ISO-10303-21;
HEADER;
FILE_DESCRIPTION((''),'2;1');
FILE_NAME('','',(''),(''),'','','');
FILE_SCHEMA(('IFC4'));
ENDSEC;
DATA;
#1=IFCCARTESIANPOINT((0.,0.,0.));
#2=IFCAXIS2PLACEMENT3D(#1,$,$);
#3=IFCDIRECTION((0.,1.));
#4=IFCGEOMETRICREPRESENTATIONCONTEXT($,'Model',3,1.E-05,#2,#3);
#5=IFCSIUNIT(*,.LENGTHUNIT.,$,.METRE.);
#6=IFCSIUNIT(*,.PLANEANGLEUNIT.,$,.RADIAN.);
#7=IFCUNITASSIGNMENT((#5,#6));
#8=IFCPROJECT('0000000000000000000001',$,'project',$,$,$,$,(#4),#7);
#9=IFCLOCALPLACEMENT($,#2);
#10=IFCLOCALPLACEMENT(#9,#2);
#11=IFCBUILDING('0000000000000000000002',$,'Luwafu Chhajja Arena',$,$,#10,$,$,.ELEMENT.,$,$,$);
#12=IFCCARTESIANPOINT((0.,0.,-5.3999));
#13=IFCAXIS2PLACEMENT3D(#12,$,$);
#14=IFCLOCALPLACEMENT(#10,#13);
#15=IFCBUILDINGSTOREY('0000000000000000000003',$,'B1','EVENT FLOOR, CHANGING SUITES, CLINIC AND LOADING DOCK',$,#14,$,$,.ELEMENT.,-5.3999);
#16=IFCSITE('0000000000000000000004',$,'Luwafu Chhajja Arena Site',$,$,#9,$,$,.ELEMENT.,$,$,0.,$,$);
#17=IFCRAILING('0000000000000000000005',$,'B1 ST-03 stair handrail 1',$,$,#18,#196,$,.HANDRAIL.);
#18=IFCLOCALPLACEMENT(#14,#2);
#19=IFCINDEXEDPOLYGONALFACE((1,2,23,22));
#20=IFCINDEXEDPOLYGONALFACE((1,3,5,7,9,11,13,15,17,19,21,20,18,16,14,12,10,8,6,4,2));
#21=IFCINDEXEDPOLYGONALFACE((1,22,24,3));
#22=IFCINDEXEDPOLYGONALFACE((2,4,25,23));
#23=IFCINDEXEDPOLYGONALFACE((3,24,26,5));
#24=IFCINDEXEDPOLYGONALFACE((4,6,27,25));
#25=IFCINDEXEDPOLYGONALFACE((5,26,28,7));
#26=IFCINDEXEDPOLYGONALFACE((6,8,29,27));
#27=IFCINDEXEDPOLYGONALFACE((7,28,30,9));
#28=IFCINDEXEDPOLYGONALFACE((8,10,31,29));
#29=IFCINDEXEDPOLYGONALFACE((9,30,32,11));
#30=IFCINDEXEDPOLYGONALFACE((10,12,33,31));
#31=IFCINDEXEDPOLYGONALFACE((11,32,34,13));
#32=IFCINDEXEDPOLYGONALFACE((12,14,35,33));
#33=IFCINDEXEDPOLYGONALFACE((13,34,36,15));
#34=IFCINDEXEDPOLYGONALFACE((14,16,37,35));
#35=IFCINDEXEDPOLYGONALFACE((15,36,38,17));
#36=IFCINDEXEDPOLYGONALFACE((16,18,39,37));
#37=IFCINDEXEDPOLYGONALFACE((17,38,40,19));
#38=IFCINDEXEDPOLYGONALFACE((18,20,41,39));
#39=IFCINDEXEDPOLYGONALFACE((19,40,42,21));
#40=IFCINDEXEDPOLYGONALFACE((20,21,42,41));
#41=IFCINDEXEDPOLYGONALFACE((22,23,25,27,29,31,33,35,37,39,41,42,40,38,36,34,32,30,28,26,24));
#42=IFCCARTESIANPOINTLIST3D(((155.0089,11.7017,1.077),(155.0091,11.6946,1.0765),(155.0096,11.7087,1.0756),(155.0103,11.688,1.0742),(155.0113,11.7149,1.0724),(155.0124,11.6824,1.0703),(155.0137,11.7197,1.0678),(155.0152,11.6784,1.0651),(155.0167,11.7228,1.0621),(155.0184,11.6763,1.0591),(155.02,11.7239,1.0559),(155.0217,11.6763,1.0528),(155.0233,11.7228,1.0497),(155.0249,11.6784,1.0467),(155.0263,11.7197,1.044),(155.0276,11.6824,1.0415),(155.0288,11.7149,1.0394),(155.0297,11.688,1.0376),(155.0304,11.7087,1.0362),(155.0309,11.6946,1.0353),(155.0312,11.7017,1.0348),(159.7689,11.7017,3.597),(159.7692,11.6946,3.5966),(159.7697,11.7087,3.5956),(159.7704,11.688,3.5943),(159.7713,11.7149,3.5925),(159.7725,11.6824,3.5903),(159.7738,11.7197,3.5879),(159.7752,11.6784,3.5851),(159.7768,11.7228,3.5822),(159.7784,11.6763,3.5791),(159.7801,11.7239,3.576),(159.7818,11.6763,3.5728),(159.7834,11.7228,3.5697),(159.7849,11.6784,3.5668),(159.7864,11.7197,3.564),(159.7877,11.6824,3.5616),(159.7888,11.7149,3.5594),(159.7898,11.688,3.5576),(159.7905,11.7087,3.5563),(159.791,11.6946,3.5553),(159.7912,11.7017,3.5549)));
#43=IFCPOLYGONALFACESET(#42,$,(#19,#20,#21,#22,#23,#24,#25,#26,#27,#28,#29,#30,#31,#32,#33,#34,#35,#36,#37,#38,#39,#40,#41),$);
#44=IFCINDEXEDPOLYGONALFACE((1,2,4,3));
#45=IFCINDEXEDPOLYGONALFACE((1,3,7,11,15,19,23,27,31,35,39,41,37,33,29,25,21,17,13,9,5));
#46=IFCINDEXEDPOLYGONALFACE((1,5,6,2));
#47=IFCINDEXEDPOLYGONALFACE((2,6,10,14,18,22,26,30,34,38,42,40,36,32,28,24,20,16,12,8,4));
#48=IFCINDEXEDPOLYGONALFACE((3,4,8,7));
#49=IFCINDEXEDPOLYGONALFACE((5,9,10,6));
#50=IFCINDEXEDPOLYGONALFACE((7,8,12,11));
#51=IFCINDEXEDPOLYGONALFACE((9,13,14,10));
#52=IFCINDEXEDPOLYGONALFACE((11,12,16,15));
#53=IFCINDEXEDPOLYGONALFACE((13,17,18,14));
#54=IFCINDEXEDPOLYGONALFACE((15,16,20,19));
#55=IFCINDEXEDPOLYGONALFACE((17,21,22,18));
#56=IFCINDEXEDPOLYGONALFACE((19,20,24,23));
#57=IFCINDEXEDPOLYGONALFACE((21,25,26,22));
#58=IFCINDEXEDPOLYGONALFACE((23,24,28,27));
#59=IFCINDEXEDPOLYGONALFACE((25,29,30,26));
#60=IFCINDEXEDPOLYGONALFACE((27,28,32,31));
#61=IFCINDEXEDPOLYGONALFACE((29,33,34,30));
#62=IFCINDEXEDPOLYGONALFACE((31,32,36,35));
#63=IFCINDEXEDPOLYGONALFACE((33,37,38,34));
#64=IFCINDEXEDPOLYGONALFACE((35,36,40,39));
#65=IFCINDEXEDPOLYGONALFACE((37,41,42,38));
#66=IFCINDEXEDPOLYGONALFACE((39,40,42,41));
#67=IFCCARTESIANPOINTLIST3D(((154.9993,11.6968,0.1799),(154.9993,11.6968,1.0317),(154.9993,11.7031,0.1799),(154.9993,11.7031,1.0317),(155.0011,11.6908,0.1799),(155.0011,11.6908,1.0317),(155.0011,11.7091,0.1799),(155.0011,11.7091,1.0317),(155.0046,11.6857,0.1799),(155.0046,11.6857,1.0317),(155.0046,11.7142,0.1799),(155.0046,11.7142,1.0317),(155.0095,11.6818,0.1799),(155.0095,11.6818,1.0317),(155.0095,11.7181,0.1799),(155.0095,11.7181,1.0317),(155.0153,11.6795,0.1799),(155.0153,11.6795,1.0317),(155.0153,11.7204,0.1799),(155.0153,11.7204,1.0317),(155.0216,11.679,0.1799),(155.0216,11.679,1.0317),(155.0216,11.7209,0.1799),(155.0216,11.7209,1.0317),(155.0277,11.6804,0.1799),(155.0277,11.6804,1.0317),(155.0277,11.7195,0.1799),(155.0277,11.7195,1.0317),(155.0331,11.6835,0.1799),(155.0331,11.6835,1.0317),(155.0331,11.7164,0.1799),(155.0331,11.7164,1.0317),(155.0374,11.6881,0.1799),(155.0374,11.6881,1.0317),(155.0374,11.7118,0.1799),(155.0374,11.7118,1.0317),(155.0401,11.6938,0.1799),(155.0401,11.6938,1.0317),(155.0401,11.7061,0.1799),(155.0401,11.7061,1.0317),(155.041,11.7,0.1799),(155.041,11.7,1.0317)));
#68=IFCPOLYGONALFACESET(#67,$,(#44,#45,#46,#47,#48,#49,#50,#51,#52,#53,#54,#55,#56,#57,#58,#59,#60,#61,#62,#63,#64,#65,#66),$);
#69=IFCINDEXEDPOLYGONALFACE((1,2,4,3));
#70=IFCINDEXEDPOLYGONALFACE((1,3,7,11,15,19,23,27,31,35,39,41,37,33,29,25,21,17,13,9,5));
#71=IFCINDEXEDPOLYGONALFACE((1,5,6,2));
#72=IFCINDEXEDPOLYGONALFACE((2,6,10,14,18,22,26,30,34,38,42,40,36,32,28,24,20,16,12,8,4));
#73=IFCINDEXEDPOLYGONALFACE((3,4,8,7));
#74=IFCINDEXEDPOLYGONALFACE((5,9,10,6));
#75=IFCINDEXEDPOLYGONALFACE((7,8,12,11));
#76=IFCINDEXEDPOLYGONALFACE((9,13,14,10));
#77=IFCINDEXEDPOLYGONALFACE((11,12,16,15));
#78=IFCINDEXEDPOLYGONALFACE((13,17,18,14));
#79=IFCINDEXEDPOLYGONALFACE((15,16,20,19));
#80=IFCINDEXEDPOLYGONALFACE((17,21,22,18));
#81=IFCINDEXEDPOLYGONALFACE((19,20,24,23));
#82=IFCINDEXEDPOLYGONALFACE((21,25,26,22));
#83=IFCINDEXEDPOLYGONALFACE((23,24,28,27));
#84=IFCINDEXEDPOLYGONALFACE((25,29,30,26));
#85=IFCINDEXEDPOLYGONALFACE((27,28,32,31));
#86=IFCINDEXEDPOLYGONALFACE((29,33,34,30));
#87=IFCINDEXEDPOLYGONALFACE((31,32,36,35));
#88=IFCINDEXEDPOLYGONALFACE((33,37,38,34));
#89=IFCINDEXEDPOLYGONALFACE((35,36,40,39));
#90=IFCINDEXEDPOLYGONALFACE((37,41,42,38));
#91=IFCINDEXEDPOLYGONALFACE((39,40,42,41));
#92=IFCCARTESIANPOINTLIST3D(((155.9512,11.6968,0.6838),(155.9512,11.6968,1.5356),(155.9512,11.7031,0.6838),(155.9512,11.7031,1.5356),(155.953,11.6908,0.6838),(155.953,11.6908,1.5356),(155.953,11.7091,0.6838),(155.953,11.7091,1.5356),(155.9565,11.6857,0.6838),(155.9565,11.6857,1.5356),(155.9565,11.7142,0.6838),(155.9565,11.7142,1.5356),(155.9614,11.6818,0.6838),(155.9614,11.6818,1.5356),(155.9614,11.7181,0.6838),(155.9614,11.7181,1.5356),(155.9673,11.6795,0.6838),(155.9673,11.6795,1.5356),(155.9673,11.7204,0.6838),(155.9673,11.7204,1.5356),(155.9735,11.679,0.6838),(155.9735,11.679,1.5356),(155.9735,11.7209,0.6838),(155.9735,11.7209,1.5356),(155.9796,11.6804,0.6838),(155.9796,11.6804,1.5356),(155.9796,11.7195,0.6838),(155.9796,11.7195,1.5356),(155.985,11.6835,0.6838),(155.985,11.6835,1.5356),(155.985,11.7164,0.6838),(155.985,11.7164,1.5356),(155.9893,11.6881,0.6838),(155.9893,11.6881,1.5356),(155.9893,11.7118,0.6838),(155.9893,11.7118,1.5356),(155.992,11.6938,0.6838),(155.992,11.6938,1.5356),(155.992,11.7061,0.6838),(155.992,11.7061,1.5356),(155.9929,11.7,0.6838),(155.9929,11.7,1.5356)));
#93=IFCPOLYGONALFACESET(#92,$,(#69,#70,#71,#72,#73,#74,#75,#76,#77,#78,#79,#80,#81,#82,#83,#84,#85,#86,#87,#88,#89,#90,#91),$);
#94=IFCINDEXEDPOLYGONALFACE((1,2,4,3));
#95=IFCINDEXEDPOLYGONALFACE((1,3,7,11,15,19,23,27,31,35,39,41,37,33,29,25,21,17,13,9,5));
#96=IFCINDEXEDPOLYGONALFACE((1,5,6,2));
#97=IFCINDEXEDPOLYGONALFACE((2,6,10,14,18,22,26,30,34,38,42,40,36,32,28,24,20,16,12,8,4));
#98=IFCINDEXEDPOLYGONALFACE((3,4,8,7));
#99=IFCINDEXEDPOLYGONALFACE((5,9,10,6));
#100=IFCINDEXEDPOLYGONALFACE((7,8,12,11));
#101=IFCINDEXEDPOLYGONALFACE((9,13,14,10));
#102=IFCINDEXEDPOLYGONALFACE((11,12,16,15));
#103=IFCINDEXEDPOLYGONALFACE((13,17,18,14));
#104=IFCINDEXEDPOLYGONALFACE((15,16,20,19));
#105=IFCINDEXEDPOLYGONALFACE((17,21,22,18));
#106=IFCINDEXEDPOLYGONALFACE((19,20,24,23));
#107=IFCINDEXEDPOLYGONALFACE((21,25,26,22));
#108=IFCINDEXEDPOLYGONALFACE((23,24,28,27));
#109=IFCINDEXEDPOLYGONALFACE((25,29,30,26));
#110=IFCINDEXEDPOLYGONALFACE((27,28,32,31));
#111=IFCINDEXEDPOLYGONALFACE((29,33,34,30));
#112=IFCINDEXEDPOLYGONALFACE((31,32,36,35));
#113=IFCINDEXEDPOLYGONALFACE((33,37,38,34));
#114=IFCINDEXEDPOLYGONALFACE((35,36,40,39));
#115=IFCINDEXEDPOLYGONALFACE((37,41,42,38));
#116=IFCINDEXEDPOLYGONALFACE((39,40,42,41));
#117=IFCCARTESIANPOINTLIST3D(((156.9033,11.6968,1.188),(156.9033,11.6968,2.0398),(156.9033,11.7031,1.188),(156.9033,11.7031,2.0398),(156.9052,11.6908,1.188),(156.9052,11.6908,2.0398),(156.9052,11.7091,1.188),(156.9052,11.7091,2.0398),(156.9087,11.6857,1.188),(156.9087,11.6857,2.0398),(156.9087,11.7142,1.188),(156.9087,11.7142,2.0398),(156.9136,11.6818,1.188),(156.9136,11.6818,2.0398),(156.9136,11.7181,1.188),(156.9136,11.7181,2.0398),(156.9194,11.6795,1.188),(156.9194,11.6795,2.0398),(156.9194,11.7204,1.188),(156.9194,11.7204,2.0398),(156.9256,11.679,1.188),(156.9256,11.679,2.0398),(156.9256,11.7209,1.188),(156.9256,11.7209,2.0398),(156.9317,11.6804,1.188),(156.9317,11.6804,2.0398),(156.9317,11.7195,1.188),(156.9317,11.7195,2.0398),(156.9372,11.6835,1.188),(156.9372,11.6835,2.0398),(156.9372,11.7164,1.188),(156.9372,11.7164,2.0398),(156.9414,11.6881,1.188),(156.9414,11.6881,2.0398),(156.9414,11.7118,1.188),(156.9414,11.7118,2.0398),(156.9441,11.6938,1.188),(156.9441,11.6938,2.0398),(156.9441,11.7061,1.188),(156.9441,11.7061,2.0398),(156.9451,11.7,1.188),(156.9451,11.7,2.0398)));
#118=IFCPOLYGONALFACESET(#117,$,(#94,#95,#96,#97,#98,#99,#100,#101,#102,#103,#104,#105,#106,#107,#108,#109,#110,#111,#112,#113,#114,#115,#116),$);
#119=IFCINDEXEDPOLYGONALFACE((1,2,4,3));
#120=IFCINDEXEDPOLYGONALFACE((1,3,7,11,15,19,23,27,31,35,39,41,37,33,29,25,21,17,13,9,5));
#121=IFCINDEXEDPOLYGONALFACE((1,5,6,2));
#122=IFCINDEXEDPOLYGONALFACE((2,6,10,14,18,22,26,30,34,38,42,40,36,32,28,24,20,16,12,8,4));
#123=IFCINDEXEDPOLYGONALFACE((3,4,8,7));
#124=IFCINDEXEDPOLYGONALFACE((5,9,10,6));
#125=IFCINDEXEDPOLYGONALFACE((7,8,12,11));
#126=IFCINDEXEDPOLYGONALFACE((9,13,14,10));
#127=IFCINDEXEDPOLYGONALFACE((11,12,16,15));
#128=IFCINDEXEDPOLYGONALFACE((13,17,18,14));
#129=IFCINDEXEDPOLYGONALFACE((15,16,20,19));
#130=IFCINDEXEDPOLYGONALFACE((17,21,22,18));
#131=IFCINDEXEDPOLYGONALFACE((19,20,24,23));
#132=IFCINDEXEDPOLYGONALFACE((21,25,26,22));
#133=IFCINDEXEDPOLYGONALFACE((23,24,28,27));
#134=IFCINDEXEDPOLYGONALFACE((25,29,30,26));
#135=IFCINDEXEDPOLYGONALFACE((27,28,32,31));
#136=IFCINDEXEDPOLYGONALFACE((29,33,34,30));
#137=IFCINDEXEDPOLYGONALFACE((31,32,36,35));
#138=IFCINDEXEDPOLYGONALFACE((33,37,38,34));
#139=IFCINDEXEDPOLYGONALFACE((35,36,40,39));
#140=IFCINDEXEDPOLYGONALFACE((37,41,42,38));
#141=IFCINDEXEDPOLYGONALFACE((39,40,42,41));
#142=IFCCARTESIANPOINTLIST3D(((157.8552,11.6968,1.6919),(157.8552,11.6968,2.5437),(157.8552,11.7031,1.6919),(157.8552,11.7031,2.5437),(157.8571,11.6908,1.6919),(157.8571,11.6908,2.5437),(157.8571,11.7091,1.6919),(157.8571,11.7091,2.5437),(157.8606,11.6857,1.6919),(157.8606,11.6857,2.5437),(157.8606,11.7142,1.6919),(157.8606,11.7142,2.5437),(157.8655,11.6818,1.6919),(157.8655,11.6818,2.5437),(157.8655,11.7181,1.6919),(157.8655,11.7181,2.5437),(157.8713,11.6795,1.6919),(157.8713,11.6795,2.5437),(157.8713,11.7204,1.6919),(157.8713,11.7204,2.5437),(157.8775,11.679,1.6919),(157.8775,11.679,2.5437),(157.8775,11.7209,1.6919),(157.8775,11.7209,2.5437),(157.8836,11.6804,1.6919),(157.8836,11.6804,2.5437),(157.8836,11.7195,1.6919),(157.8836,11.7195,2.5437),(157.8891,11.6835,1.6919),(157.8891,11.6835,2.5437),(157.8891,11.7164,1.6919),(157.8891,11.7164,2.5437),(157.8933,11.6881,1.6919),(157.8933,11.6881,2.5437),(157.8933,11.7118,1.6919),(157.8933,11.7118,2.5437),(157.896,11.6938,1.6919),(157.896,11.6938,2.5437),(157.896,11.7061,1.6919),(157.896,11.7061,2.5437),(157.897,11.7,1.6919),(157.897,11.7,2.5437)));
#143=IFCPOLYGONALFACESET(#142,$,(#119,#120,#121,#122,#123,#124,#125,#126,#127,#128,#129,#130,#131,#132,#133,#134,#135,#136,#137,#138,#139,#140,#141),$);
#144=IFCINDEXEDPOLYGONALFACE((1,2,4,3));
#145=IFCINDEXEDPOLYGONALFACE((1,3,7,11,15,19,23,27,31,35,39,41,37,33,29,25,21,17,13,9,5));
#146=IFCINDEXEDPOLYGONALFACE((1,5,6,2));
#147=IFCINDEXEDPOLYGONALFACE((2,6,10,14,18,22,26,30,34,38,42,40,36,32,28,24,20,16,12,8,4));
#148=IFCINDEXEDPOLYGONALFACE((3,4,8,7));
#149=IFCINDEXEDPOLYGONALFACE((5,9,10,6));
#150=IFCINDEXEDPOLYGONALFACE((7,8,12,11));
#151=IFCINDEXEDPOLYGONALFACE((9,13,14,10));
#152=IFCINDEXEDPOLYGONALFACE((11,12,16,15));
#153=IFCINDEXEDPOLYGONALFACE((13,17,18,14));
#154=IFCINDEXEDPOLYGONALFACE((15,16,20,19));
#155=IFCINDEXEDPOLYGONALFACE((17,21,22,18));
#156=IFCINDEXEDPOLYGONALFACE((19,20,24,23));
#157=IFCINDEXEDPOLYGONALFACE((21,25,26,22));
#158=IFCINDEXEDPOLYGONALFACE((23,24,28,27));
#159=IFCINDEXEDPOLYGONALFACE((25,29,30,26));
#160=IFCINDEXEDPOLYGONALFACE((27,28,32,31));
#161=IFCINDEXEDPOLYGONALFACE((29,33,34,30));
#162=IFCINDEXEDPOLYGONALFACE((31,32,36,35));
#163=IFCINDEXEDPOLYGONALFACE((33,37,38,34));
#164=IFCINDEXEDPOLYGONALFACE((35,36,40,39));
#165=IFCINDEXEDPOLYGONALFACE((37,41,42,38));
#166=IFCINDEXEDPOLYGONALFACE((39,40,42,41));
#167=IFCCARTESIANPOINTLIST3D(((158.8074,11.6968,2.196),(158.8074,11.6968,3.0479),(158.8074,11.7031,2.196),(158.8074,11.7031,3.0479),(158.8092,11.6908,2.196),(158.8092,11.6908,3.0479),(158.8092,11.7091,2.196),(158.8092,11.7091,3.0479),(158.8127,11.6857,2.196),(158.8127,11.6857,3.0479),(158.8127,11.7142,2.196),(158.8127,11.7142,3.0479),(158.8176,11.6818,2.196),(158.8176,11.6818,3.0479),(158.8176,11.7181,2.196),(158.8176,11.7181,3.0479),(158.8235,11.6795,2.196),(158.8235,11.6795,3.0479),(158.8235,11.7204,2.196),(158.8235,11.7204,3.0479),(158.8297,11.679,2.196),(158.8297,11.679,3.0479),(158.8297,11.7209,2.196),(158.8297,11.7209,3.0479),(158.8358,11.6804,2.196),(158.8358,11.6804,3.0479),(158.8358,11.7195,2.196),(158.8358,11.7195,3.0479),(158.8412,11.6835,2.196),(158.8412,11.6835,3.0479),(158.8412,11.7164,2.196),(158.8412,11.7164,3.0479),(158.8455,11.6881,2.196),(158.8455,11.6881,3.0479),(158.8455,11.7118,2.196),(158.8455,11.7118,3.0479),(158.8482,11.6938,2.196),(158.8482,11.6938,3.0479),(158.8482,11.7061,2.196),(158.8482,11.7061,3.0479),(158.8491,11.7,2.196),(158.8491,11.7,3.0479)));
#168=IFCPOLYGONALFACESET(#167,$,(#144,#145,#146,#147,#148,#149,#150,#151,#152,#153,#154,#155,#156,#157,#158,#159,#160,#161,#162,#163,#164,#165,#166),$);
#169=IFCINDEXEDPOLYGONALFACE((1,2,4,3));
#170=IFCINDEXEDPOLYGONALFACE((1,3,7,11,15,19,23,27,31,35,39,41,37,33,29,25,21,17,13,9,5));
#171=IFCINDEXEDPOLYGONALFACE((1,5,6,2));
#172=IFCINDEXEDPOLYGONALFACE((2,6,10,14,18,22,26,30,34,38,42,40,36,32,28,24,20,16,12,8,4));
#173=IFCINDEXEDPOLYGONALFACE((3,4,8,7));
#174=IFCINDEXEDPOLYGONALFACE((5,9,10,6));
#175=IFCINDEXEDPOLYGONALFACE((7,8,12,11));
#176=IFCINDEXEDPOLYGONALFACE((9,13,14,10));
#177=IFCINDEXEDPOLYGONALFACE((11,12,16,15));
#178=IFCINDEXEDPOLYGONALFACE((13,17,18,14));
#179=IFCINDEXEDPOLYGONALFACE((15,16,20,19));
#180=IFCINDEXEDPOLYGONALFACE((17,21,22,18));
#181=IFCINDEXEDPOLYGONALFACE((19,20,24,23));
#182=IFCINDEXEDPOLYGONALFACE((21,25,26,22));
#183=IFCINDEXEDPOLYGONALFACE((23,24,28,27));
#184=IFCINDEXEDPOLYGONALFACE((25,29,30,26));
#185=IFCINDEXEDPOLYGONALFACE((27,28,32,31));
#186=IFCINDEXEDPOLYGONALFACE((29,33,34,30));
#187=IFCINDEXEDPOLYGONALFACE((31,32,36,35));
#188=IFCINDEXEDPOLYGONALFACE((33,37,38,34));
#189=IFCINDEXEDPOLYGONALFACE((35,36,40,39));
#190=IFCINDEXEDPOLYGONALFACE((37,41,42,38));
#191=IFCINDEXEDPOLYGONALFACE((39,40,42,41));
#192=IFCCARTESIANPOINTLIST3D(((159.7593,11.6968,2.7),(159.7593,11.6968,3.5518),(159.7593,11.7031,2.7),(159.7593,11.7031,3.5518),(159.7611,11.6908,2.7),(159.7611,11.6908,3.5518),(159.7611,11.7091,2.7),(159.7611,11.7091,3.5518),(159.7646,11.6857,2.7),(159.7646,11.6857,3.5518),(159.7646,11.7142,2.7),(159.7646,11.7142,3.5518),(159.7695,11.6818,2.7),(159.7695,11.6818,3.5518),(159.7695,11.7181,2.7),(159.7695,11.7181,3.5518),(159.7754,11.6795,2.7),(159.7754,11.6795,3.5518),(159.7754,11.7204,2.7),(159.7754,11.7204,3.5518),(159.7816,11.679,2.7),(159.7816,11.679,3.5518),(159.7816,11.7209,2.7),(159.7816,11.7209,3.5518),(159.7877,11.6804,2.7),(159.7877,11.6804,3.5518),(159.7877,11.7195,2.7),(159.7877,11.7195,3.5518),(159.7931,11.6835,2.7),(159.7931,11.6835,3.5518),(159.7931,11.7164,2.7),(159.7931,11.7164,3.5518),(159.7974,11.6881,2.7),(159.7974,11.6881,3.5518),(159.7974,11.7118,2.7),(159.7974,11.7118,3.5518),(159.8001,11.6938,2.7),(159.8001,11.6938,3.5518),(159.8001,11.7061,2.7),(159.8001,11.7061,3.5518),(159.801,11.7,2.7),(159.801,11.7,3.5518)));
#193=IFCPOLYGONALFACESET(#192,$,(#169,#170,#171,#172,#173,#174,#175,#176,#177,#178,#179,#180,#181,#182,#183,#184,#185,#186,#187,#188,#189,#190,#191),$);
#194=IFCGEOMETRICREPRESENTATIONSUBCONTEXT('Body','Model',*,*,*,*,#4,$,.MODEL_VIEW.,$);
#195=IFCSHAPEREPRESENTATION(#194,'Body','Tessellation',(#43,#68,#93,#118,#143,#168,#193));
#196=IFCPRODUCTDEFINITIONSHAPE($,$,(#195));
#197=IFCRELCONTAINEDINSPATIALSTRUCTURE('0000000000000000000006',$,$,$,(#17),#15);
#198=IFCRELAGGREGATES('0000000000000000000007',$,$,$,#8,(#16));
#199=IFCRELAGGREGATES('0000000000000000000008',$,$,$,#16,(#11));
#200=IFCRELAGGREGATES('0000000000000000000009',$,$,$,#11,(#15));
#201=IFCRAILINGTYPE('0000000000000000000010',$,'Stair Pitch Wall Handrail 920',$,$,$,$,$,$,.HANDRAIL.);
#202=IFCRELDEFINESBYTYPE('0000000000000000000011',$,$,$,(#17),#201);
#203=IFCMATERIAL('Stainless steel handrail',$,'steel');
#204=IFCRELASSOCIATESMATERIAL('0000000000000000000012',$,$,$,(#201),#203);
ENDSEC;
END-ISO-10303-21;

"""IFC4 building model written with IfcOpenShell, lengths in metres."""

from ifc_helpers import new_model, si_unit, direction, frame, origin, origin_2d, place, context, subcontext, project, spatial, circle, extrude, material, type_object, element, save


model = new_model("IFC4")

# Units and contexts
model_context = context("Model", 3, precision=1e-05, world=origin(), true_north=direction((0.0, 1.0)))
body_context = subcontext(model_context, "Body", "Model", "MODEL_VIEW")
ifc_project = project(units=[si_unit("LENGTHUNIT", "METRE"), si_unit("PLANEANGLEUNIT", "RADIAN")], contexts=[model_context])

# Site, building, storey
site_placement = place(None, origin())
site = spatial("IfcSite", under=ifc_project, at=site_placement, Name="Luwafu Chhajja Arena Site", CompositionType="ELEMENT", RefElevation=0.0)
building_placement = place(site_placement, origin())
building = spatial("IfcBuilding", under=site, at=building_placement, Name="Luwafu Chhajja Arena", CompositionType="ELEMENT")
storey_placement = place(building_placement, frame((0.0, 0.0, -5.3999)))
storey = spatial("IfcBuildingStorey", under=building, at=storey_placement, Name="B1", Description="EVENT FLOOR, CHANGING SUITES, CLINIC AND LOADING DOCK", CompositionType="ELEMENT", Elevation=-5.3999)

# Railing
ifc_material_1 = material(Name="Stainless steel handrail", Category="steel")
railing_type_1 = type_object("IfcRailingType", Name="Stair Pitch Wall Handrail 920", PredefinedType="HANDRAIL", material=ifc_material_1)
railing_1_placement = place(storey_placement, frame((155.02, 11.7, 0.1799)))
element("IfcRailing", 1, at=railing_1_placement, inside=storey, type_object=railing_type_1, Name="B1 ST-03 stair handrail 1", PredefinedType="HANDRAIL", context=body_context, shape_type="SweptSolid", body=[
    extrude(circle(Radius=0.0239, at=origin_2d()), frame((0.0, 0.0, 0.876), z_axis=(0.883787, 0.0, 0.46789), x_axis=(0.0, 1.0, 0.0)), (0.0, 0.0, 1.0), 5.386),
    extrude(circle(Radius=0.021, at=origin_2d()), origin(), (0.0, 0.0, 1.0), 0.8518),
    extrude(circle(Radius=0.021, at=origin_2d()), frame((0.9519, 0.0, 0.5039)), (0.0, 0.0, 1.0), 0.8518),
    extrude(circle(Radius=0.021, at=origin_2d()), frame((1.9041, 0.0, 1.0081)), (0.0, 0.0, 1.0), 0.8518),
    extrude(circle(Radius=0.021, at=origin_2d()), frame((2.856, 0.0, 1.512)), (0.0, 0.0, 1.0), 0.8518),
    extrude(circle(Radius=0.021, at=origin_2d()), frame((3.8081, 0.0, 2.0161)), (0.0, 0.0, 1.0), 0.8518),
    extrude(circle(Radius=0.021, at=origin_2d()), frame((4.76, 0.0, 2.52)), (0.0, 0.0, 1.0), 0.8518),
])

save(model, "model.ifc")
